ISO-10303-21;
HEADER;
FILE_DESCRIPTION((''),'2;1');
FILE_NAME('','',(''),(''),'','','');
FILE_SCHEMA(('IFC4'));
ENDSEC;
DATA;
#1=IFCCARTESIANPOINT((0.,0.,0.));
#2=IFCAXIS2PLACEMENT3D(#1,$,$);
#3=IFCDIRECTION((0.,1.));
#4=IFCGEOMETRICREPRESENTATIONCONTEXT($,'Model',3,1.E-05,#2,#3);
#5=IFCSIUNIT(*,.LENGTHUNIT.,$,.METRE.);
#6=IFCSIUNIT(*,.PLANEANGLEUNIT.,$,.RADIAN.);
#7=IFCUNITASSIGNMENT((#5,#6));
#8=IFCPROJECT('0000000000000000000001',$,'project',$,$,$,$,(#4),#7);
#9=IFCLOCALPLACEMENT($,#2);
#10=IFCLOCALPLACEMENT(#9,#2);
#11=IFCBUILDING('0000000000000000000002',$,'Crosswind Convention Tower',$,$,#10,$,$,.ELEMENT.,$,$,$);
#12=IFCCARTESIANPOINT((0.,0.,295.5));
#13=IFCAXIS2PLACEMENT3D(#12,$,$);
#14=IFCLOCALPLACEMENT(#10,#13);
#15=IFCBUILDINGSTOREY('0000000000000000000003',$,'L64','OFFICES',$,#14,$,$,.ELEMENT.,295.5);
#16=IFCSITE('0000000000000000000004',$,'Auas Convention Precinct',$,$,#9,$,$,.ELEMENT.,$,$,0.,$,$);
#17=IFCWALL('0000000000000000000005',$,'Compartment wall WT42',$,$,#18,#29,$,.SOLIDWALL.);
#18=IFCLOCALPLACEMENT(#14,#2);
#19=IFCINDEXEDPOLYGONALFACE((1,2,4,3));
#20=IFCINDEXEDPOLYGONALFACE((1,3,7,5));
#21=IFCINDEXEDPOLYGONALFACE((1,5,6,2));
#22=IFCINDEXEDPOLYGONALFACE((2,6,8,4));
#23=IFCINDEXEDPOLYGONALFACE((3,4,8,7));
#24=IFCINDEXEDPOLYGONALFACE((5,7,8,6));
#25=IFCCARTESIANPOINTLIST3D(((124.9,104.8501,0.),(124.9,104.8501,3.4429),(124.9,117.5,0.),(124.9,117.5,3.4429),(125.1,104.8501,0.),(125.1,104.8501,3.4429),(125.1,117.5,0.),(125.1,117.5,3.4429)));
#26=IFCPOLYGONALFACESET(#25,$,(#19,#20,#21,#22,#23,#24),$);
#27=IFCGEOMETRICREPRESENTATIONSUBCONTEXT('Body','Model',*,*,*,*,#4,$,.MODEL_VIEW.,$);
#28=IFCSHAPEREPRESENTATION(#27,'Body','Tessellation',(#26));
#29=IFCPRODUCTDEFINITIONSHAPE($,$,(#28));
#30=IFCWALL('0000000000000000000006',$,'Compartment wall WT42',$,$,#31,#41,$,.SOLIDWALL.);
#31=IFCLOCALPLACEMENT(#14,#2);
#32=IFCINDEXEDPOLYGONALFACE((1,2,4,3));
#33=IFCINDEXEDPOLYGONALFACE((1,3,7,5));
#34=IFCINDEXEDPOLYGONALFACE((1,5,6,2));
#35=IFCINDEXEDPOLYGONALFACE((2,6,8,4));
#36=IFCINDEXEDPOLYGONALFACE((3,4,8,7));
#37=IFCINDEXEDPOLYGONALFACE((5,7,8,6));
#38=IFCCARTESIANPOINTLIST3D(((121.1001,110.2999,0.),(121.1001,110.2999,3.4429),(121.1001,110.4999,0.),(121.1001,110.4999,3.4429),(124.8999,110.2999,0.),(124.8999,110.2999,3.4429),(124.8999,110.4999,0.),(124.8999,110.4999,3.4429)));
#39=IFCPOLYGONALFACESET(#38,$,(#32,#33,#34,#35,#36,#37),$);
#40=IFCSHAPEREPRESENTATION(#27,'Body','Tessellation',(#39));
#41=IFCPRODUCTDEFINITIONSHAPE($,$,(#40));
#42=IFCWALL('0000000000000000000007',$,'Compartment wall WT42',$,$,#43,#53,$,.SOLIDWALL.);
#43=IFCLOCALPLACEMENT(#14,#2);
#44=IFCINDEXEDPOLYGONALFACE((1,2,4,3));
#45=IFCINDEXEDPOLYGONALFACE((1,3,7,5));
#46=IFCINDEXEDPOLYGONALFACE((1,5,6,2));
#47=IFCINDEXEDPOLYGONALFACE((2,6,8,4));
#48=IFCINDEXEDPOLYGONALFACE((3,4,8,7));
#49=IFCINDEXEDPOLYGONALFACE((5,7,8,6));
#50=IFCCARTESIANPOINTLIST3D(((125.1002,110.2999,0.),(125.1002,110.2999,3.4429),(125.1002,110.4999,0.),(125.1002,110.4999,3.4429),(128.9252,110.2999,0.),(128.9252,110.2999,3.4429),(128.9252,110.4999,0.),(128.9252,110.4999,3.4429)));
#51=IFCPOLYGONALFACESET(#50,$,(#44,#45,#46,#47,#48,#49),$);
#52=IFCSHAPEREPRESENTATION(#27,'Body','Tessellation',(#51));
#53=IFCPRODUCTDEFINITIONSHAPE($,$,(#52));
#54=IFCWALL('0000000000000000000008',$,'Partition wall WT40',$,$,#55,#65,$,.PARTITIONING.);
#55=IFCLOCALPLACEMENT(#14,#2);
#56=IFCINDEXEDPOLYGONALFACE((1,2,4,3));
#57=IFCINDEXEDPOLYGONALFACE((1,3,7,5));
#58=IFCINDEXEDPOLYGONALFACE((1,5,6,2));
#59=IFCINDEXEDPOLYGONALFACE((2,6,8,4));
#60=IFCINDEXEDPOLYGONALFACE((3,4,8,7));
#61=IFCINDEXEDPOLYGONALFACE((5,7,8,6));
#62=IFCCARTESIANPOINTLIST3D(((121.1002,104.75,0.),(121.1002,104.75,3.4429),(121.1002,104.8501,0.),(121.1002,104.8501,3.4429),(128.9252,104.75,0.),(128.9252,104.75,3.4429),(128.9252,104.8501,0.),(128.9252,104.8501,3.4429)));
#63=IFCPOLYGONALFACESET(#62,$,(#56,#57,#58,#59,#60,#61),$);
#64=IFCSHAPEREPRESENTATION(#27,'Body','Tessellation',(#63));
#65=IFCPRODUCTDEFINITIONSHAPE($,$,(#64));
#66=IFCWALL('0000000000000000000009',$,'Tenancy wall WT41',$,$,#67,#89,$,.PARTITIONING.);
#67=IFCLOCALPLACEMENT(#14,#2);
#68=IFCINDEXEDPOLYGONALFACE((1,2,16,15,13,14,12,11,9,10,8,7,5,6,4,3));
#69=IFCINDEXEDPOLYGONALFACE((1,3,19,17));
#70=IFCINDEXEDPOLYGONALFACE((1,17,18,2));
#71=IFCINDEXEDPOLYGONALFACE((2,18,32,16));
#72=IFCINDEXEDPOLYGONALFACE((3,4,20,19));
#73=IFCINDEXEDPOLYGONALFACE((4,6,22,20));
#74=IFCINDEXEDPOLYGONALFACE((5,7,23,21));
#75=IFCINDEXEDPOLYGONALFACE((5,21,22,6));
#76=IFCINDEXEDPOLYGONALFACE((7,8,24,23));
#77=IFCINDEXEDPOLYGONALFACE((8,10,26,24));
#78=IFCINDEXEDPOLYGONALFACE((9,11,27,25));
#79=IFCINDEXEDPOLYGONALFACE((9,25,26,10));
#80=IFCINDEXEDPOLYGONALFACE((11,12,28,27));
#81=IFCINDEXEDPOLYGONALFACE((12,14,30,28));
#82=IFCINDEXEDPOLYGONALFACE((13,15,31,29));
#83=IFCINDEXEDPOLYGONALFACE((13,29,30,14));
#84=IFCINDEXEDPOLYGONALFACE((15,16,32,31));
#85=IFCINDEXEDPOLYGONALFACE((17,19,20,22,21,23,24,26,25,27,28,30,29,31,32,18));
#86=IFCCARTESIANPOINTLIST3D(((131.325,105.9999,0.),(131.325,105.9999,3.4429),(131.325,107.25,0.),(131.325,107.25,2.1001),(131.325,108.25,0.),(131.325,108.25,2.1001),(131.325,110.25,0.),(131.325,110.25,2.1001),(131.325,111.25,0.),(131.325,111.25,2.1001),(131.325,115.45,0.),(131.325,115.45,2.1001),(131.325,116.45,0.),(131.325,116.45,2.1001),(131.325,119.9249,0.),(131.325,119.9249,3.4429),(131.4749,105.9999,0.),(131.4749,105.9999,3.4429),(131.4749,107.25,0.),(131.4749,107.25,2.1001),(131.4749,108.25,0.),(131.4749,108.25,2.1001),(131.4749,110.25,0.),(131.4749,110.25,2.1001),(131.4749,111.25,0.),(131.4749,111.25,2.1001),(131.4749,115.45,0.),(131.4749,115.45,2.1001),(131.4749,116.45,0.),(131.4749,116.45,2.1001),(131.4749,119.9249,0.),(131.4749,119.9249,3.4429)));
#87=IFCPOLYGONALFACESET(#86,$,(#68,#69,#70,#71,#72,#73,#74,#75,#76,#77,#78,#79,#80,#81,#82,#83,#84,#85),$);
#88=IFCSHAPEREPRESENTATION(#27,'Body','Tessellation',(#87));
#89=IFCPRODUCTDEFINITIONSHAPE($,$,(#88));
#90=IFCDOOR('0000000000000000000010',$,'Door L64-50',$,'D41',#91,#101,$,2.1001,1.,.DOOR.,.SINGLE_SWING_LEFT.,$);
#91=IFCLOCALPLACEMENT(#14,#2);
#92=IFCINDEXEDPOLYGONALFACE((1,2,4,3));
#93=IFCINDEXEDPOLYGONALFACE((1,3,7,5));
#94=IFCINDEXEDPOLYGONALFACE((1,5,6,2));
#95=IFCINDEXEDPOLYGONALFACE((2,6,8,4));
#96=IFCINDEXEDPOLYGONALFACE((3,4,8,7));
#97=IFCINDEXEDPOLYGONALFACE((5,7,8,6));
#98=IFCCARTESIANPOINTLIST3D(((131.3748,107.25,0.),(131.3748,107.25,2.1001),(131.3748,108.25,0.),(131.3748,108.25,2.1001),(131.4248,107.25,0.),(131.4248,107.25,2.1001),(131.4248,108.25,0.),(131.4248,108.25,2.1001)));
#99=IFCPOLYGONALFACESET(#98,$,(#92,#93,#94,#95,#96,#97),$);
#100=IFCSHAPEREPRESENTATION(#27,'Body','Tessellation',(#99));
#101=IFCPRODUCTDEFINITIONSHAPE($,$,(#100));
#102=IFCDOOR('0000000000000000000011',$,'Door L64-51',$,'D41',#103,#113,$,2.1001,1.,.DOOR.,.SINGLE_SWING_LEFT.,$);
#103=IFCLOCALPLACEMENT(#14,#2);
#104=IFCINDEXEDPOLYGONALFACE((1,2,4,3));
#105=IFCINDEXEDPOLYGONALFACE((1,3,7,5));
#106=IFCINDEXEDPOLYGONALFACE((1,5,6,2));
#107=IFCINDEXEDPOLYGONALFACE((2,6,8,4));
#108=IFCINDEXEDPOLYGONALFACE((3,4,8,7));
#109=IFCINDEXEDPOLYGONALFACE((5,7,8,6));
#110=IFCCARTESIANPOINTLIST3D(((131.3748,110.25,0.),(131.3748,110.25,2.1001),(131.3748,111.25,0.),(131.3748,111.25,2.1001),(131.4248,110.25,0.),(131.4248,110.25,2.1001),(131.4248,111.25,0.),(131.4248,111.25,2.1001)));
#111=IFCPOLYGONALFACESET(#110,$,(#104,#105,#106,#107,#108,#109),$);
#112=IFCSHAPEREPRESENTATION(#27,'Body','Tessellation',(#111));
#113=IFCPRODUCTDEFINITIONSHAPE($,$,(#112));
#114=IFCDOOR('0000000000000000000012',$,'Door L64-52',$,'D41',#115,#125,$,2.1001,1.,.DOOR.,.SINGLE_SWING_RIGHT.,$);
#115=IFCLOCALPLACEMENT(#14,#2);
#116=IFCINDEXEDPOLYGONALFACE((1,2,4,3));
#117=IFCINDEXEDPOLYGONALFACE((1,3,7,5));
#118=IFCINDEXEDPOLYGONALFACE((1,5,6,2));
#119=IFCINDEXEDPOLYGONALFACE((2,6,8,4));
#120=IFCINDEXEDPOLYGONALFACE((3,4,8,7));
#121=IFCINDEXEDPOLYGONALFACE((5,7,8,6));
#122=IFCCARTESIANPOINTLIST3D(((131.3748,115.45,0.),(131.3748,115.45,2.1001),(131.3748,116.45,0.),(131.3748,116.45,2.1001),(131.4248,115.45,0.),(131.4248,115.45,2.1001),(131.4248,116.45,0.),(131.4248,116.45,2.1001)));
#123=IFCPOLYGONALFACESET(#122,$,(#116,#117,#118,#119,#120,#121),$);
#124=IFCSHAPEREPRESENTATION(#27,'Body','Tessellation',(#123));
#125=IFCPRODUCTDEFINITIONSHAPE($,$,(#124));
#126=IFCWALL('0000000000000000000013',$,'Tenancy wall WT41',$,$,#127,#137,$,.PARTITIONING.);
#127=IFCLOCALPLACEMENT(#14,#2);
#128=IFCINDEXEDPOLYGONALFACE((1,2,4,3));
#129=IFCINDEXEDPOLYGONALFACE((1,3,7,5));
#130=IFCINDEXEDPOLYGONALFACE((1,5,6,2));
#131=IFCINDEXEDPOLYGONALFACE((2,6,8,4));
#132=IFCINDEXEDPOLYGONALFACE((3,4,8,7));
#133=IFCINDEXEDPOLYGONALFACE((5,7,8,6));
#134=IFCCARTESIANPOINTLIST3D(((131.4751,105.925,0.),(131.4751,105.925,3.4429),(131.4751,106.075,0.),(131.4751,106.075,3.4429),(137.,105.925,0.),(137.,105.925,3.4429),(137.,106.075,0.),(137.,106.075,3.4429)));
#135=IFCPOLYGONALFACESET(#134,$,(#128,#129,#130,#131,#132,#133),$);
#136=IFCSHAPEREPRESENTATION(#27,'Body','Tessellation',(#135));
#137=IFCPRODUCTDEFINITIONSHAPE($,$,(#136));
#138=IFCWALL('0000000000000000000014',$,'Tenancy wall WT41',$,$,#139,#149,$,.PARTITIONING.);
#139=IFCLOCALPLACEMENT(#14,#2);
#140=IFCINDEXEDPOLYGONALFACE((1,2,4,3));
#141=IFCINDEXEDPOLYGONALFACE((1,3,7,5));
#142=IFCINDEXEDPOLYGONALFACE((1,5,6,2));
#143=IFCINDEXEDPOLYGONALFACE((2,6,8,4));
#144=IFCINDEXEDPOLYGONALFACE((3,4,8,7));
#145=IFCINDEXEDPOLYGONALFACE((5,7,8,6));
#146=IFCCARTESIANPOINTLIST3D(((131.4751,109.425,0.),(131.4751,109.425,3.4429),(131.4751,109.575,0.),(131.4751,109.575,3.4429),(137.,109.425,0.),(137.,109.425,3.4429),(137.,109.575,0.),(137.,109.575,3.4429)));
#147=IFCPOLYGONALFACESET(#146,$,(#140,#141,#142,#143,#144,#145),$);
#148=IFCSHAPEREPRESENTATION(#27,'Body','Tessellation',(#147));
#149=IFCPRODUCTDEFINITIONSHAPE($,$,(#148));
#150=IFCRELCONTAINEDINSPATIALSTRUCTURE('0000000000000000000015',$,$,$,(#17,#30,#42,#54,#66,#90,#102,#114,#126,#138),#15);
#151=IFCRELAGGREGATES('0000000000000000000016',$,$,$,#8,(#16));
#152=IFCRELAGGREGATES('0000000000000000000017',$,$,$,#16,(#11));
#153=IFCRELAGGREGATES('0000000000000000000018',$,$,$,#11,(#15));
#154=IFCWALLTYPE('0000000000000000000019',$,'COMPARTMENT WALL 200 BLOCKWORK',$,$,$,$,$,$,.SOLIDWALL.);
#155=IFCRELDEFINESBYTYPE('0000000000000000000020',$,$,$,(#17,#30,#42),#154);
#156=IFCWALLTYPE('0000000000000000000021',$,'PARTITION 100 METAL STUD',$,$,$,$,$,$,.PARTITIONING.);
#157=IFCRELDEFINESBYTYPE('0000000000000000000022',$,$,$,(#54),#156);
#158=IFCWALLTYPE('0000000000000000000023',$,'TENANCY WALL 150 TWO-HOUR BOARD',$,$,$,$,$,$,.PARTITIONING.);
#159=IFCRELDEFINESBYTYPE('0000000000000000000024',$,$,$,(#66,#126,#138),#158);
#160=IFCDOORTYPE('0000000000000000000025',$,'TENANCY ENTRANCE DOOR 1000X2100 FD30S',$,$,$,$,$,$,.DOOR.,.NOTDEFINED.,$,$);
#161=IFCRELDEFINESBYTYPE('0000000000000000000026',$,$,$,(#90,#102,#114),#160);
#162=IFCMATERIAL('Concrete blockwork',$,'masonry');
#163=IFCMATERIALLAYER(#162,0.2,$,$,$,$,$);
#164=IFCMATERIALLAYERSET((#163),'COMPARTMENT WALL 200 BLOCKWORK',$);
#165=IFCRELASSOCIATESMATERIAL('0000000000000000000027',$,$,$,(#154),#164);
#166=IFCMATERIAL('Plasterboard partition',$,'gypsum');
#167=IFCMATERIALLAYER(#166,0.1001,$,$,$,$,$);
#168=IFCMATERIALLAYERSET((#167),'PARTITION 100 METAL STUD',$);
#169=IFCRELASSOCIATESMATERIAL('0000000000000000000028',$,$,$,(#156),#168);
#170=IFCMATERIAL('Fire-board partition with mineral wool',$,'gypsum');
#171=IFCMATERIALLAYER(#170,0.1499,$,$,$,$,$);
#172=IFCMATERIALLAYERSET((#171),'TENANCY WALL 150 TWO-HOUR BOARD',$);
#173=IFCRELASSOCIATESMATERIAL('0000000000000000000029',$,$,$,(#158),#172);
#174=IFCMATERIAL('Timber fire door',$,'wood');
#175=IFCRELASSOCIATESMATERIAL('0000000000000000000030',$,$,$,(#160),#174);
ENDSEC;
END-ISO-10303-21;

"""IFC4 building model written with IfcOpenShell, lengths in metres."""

from ifc_helpers import new_model, si_unit, direction, frame, frame_2d, origin, place, context, subcontext, project, spatial, rectangle, extrude, material, layer, layer_set, type_object, element, fill, save


model = new_model("IFC4")

# Units and contexts
model_context = context("Model", 3, precision=1e-05, world=origin(), true_north=direction((0.0, 1.0)))
body_context = subcontext(model_context, "Body", "Model", "MODEL_VIEW")
ifc_project = project(units=[si_unit("LENGTHUNIT", "METRE"), si_unit("PLANEANGLEUNIT", "RADIAN")], contexts=[model_context])

# Site, building, storey
site_placement = place(None, origin())
site = spatial("IfcSite", under=ifc_project, at=site_placement, Name="Auas Convention Precinct", CompositionType="ELEMENT", RefElevation=0.0)
building_placement = place(site_placement, origin())
building = spatial("IfcBuilding", under=site, at=building_placement, Name="Crosswind Convention Tower", CompositionType="ELEMENT")
storey_placement = place(building_placement, frame((0.0, 0.0, 295.5)))
storey = spatial("IfcBuildingStorey", under=building, at=storey_placement, Name="L64", Description="OFFICES", CompositionType="ELEMENT", Elevation=295.5)

# Walls
ifc_material_1 = material(Name="Concrete blockwork", Category="masonry")
ifc_layer_1 = layer(ifc_material_1, 0.2)
ifc_layer_set_1 = layer_set([ifc_layer_1], Name="COMPARTMENT WALL 200 BLOCKWORK")
wall_type_1 = type_object("IfcWallType", Name="COMPARTMENT WALL 200 BLOCKWORK", PredefinedType="SOLIDWALL", material=ifc_layer_set_1)
wall_1_placement = place(storey_placement, frame((125.0, 104.8501, 0.0), z_axis=(0.0, 0.0, 1.0), x_axis=(0.0, 1.0, 0.0)))
element("IfcWall", 1, at=wall_1_placement, inside=storey, type_object=wall_type_1, Name="Compartment wall WT42", PredefinedType="SOLIDWALL", context=body_context, shape_type="SweptSolid", body=[
    extrude(rectangle(XDim=12.6499, YDim=0.2, at=frame_2d((6.325, 0.0))), origin(), (0.0, 0.0, 1.0), 3.4429),
])
wall_2_placement = place(storey_placement, frame((121.1001, 110.3999, 0.0), z_axis=(0.0, 0.0, 1.0), x_axis=(1.0, 0.0, 0.0)))
element("IfcWall", 2, at=wall_2_placement, inside=storey, type_object=wall_type_1, Name="Compartment wall WT42", PredefinedType="SOLIDWALL", context=body_context, shape_type="SweptSolid", body=[
    extrude(rectangle(XDim=3.7998, YDim=0.2, at=frame_2d((1.8999, 0.0))), origin(), (0.0, 0.0, 1.0), 3.4429),
])
wall_3_placement = place(storey_placement, frame((125.1001, 110.3999, 0.0), z_axis=(0.0, 0.0, 1.0), x_axis=(1.0, 0.0, 0.0)))
element("IfcWall", 3, at=wall_3_placement, inside=storey, type_object=wall_type_1, Name="Compartment wall WT42", PredefinedType="SOLIDWALL", context=body_context, shape_type="SweptSolid", body=[
    extrude(rectangle(XDim=3.825, YDim=0.2, at=frame_2d((1.9126, 0.0))), origin(), (0.0, 0.0, 1.0), 3.4429),
])
ifc_material_2 = material(Name="Plasterboard partition", Category="gypsum")
ifc_layer_2 = layer(ifc_material_2, 0.1001)
ifc_layer_set_2 = layer_set([ifc_layer_2], Name="PARTITION 100 METAL STUD")
wall_type_2 = type_object("IfcWallType", Name="PARTITION 100 METAL STUD", PredefinedType="PARTITIONING", material=ifc_layer_set_2)
wall_4_placement = place(storey_placement, frame((121.1001, 104.8, 0.0), z_axis=(0.0, 0.0, 1.0), x_axis=(1.0, 0.0, 0.0)))
element("IfcWall", 4, at=wall_4_placement, inside=storey, type_object=wall_type_2, Name="Partition wall WT40", PredefinedType="PARTITIONING", context=body_context, shape_type="SweptSolid", body=[
    extrude(rectangle(XDim=7.825, YDim=0.1001, at=frame_2d((3.9126, 0.0))), origin(), (0.0, 0.0, 1.0), 3.4429),
])

# Wall, openings, doors
ifc_material_3 = material(Name="Fire-board partition with mineral wool", Category="gypsum")
ifc_layer_3 = layer(ifc_material_3, 0.1499)
ifc_layer_set_3 = layer_set([ifc_layer_3], Name="TENANCY WALL 150 TWO-HOUR BOARD")
wall_type_3 = type_object("IfcWallType", Name="TENANCY WALL 150 TWO-HOUR BOARD", PredefinedType="PARTITIONING", material=ifc_layer_set_3)
wall_5_placement = place(storey_placement, frame((131.3999, 106.0, 0.0), z_axis=(0.0, 0.0, 1.0), x_axis=(0.0, 1.0, 0.0)))
wall_5 = element("IfcWall", 5, at=wall_5_placement, inside=storey, type_object=wall_type_3, Name="Tenancy wall WT41", PredefinedType="PARTITIONING", context=body_context, shape_type="SweptSolid", body=[
    extrude(rectangle(XDim=13.925, YDim=0.1499, at=frame_2d((6.9624, 0.0))), origin(), (0.0, 0.0, 1.0), 3.4429),
])
opening_1_placement = place(wall_5_placement, frame((1.25, 0.0, 0.0)))
opening_1 = element("IfcOpeningElement", 6, at=opening_1_placement, cuts=wall_5, PredefinedType="OPENING", context=body_context, shape_type="SweptSolid", body=[
    extrude(rectangle(XDim=1.0, YDim=2.1001, at=frame_2d((0.5, 1.05))), frame((0.0, 0.085, 0.0), z_axis=(0.0, -1.0, 0.0), x_axis=(1.0, 0.0, 0.0)), (0.0, 0.0, 1.0), 0.1699),
])
opening_2_placement = place(wall_5_placement, frame((4.25, 0.0, 0.0)))
opening_2 = element("IfcOpeningElement", 7, at=opening_2_placement, cuts=wall_5, PredefinedType="OPENING", context=body_context, shape_type="SweptSolid", body=[
    extrude(rectangle(XDim=1.0, YDim=2.1001, at=frame_2d((0.5, 1.05))), frame((0.0, 0.085, 0.0), z_axis=(0.0, -1.0, 0.0), x_axis=(1.0, 0.0, 0.0)), (0.0, 0.0, 1.0), 0.1699),
])
opening_3_placement = place(wall_5_placement, frame((9.45, 0.0, 0.0)))
opening_3 = element("IfcOpeningElement", 8, at=opening_3_placement, cuts=wall_5, PredefinedType="OPENING", context=body_context, shape_type="SweptSolid", body=[
    extrude(rectangle(XDim=1.0, YDim=2.1001, at=frame_2d((0.5, 1.05))), frame((0.0, 0.085, 0.0), z_axis=(0.0, -1.0, 0.0), x_axis=(1.0, 0.0, 0.0)), (0.0, 0.0, 1.0), 0.1699),
])
ifc_material_4 = material(Name="Timber fire door", Category="wood")
door_type = type_object("IfcDoorType", Name="TENANCY ENTRANCE DOOR 1000X2100 FD30S", OperationType="NOTDEFINED", PredefinedType="DOOR", material=ifc_material_4)
door_1_placement = place(opening_1_placement, frame((1.0, 0.0, 0.0), z_axis=(0.0, 0.0, 1.0), x_axis=(-1.0, 0.0, 0.0)))
door_1 = element("IfcDoor", 9, at=door_1_placement, inside=storey, type_object=door_type, Name="Door L64-50", ObjectType="D41", OperationType="SINGLE_SWING_LEFT", OverallHeight=2.1001, OverallWidth=1.0, PredefinedType="DOOR", context=body_context, shape_type="SweptSolid", body=[
    extrude(rectangle(XDim=1.0, YDim=2.1001, at=frame_2d((0.5, 1.05))), frame((0.0, 0.0249, 0.0), z_axis=(0.0, -1.0, 0.0), x_axis=(1.0, 0.0, 0.0)), (0.0, 0.0, 1.0), 0.05),
])
fill(opening_1, door_1)
door_2_placement = place(opening_2_placement, frame((1.0, 0.0, 0.0), z_axis=(0.0, 0.0, 1.0), x_axis=(-1.0, 0.0, 0.0)))
door_2 = element("IfcDoor", 10, at=door_2_placement, inside=storey, type_object=door_type, Name="Door L64-51", ObjectType="D41", OperationType="SINGLE_SWING_LEFT", OverallHeight=2.1001, OverallWidth=1.0, PredefinedType="DOOR", context=body_context, shape_type="SweptSolid", body=[
    extrude(rectangle(XDim=1.0, YDim=2.1001, at=frame_2d((0.5, 1.05))), frame((0.0, 0.0249, 0.0), z_axis=(0.0, -1.0, 0.0), x_axis=(1.0, 0.0, 0.0)), (0.0, 0.0, 1.0), 0.05),
])
fill(opening_2, door_2)
door_3_placement = place(opening_3_placement, frame((1.0, 0.0, 0.0), z_axis=(0.0, 0.0, 1.0), x_axis=(-1.0, 0.0, 0.0)))
door_3 = element("IfcDoor", 11, at=door_3_placement, inside=storey, type_object=door_type, Name="Door L64-52", ObjectType="D41", OperationType="SINGLE_SWING_RIGHT", OverallHeight=2.1001, OverallWidth=1.0, PredefinedType="DOOR", context=body_context, shape_type="SweptSolid", body=[
    extrude(rectangle(XDim=1.0, YDim=2.1001, at=frame_2d((0.5, 1.05))), frame((0.0, 0.0249, 0.0), z_axis=(0.0, -1.0, 0.0), x_axis=(1.0, 0.0, 0.0)), (0.0, 0.0, 1.0), 0.05),
])
fill(opening_3, door_3)

# Walls
for number, where, z_axis, x_axis, name in (
    (12, (131.4751, 106.0, 0.0), (0.0, 0.0, 1.0), (1.0, 0.0, 0.0), "Tenancy wall WT41"),
    (13, (131.4751, 109.5, 0.0), (0.0, 0.0, 1.0), (1.0, 0.0, 0.0), "Tenancy wall WT41"),
):
    element("IfcWall", number, at=place(storey_placement, frame(where, z_axis=z_axis, x_axis=x_axis)), inside=storey, type_object=wall_type_3, Name=name, PredefinedType="PARTITIONING", context=body_context, shape_type="SweptSolid", body=[
        extrude(rectangle(XDim=5.5249, YDim=0.1499, at=frame_2d((2.7625, 0.0))), origin(), (0.0, 0.0, 1.0), 3.4429),
    ])

save(model, "model.ifc")
